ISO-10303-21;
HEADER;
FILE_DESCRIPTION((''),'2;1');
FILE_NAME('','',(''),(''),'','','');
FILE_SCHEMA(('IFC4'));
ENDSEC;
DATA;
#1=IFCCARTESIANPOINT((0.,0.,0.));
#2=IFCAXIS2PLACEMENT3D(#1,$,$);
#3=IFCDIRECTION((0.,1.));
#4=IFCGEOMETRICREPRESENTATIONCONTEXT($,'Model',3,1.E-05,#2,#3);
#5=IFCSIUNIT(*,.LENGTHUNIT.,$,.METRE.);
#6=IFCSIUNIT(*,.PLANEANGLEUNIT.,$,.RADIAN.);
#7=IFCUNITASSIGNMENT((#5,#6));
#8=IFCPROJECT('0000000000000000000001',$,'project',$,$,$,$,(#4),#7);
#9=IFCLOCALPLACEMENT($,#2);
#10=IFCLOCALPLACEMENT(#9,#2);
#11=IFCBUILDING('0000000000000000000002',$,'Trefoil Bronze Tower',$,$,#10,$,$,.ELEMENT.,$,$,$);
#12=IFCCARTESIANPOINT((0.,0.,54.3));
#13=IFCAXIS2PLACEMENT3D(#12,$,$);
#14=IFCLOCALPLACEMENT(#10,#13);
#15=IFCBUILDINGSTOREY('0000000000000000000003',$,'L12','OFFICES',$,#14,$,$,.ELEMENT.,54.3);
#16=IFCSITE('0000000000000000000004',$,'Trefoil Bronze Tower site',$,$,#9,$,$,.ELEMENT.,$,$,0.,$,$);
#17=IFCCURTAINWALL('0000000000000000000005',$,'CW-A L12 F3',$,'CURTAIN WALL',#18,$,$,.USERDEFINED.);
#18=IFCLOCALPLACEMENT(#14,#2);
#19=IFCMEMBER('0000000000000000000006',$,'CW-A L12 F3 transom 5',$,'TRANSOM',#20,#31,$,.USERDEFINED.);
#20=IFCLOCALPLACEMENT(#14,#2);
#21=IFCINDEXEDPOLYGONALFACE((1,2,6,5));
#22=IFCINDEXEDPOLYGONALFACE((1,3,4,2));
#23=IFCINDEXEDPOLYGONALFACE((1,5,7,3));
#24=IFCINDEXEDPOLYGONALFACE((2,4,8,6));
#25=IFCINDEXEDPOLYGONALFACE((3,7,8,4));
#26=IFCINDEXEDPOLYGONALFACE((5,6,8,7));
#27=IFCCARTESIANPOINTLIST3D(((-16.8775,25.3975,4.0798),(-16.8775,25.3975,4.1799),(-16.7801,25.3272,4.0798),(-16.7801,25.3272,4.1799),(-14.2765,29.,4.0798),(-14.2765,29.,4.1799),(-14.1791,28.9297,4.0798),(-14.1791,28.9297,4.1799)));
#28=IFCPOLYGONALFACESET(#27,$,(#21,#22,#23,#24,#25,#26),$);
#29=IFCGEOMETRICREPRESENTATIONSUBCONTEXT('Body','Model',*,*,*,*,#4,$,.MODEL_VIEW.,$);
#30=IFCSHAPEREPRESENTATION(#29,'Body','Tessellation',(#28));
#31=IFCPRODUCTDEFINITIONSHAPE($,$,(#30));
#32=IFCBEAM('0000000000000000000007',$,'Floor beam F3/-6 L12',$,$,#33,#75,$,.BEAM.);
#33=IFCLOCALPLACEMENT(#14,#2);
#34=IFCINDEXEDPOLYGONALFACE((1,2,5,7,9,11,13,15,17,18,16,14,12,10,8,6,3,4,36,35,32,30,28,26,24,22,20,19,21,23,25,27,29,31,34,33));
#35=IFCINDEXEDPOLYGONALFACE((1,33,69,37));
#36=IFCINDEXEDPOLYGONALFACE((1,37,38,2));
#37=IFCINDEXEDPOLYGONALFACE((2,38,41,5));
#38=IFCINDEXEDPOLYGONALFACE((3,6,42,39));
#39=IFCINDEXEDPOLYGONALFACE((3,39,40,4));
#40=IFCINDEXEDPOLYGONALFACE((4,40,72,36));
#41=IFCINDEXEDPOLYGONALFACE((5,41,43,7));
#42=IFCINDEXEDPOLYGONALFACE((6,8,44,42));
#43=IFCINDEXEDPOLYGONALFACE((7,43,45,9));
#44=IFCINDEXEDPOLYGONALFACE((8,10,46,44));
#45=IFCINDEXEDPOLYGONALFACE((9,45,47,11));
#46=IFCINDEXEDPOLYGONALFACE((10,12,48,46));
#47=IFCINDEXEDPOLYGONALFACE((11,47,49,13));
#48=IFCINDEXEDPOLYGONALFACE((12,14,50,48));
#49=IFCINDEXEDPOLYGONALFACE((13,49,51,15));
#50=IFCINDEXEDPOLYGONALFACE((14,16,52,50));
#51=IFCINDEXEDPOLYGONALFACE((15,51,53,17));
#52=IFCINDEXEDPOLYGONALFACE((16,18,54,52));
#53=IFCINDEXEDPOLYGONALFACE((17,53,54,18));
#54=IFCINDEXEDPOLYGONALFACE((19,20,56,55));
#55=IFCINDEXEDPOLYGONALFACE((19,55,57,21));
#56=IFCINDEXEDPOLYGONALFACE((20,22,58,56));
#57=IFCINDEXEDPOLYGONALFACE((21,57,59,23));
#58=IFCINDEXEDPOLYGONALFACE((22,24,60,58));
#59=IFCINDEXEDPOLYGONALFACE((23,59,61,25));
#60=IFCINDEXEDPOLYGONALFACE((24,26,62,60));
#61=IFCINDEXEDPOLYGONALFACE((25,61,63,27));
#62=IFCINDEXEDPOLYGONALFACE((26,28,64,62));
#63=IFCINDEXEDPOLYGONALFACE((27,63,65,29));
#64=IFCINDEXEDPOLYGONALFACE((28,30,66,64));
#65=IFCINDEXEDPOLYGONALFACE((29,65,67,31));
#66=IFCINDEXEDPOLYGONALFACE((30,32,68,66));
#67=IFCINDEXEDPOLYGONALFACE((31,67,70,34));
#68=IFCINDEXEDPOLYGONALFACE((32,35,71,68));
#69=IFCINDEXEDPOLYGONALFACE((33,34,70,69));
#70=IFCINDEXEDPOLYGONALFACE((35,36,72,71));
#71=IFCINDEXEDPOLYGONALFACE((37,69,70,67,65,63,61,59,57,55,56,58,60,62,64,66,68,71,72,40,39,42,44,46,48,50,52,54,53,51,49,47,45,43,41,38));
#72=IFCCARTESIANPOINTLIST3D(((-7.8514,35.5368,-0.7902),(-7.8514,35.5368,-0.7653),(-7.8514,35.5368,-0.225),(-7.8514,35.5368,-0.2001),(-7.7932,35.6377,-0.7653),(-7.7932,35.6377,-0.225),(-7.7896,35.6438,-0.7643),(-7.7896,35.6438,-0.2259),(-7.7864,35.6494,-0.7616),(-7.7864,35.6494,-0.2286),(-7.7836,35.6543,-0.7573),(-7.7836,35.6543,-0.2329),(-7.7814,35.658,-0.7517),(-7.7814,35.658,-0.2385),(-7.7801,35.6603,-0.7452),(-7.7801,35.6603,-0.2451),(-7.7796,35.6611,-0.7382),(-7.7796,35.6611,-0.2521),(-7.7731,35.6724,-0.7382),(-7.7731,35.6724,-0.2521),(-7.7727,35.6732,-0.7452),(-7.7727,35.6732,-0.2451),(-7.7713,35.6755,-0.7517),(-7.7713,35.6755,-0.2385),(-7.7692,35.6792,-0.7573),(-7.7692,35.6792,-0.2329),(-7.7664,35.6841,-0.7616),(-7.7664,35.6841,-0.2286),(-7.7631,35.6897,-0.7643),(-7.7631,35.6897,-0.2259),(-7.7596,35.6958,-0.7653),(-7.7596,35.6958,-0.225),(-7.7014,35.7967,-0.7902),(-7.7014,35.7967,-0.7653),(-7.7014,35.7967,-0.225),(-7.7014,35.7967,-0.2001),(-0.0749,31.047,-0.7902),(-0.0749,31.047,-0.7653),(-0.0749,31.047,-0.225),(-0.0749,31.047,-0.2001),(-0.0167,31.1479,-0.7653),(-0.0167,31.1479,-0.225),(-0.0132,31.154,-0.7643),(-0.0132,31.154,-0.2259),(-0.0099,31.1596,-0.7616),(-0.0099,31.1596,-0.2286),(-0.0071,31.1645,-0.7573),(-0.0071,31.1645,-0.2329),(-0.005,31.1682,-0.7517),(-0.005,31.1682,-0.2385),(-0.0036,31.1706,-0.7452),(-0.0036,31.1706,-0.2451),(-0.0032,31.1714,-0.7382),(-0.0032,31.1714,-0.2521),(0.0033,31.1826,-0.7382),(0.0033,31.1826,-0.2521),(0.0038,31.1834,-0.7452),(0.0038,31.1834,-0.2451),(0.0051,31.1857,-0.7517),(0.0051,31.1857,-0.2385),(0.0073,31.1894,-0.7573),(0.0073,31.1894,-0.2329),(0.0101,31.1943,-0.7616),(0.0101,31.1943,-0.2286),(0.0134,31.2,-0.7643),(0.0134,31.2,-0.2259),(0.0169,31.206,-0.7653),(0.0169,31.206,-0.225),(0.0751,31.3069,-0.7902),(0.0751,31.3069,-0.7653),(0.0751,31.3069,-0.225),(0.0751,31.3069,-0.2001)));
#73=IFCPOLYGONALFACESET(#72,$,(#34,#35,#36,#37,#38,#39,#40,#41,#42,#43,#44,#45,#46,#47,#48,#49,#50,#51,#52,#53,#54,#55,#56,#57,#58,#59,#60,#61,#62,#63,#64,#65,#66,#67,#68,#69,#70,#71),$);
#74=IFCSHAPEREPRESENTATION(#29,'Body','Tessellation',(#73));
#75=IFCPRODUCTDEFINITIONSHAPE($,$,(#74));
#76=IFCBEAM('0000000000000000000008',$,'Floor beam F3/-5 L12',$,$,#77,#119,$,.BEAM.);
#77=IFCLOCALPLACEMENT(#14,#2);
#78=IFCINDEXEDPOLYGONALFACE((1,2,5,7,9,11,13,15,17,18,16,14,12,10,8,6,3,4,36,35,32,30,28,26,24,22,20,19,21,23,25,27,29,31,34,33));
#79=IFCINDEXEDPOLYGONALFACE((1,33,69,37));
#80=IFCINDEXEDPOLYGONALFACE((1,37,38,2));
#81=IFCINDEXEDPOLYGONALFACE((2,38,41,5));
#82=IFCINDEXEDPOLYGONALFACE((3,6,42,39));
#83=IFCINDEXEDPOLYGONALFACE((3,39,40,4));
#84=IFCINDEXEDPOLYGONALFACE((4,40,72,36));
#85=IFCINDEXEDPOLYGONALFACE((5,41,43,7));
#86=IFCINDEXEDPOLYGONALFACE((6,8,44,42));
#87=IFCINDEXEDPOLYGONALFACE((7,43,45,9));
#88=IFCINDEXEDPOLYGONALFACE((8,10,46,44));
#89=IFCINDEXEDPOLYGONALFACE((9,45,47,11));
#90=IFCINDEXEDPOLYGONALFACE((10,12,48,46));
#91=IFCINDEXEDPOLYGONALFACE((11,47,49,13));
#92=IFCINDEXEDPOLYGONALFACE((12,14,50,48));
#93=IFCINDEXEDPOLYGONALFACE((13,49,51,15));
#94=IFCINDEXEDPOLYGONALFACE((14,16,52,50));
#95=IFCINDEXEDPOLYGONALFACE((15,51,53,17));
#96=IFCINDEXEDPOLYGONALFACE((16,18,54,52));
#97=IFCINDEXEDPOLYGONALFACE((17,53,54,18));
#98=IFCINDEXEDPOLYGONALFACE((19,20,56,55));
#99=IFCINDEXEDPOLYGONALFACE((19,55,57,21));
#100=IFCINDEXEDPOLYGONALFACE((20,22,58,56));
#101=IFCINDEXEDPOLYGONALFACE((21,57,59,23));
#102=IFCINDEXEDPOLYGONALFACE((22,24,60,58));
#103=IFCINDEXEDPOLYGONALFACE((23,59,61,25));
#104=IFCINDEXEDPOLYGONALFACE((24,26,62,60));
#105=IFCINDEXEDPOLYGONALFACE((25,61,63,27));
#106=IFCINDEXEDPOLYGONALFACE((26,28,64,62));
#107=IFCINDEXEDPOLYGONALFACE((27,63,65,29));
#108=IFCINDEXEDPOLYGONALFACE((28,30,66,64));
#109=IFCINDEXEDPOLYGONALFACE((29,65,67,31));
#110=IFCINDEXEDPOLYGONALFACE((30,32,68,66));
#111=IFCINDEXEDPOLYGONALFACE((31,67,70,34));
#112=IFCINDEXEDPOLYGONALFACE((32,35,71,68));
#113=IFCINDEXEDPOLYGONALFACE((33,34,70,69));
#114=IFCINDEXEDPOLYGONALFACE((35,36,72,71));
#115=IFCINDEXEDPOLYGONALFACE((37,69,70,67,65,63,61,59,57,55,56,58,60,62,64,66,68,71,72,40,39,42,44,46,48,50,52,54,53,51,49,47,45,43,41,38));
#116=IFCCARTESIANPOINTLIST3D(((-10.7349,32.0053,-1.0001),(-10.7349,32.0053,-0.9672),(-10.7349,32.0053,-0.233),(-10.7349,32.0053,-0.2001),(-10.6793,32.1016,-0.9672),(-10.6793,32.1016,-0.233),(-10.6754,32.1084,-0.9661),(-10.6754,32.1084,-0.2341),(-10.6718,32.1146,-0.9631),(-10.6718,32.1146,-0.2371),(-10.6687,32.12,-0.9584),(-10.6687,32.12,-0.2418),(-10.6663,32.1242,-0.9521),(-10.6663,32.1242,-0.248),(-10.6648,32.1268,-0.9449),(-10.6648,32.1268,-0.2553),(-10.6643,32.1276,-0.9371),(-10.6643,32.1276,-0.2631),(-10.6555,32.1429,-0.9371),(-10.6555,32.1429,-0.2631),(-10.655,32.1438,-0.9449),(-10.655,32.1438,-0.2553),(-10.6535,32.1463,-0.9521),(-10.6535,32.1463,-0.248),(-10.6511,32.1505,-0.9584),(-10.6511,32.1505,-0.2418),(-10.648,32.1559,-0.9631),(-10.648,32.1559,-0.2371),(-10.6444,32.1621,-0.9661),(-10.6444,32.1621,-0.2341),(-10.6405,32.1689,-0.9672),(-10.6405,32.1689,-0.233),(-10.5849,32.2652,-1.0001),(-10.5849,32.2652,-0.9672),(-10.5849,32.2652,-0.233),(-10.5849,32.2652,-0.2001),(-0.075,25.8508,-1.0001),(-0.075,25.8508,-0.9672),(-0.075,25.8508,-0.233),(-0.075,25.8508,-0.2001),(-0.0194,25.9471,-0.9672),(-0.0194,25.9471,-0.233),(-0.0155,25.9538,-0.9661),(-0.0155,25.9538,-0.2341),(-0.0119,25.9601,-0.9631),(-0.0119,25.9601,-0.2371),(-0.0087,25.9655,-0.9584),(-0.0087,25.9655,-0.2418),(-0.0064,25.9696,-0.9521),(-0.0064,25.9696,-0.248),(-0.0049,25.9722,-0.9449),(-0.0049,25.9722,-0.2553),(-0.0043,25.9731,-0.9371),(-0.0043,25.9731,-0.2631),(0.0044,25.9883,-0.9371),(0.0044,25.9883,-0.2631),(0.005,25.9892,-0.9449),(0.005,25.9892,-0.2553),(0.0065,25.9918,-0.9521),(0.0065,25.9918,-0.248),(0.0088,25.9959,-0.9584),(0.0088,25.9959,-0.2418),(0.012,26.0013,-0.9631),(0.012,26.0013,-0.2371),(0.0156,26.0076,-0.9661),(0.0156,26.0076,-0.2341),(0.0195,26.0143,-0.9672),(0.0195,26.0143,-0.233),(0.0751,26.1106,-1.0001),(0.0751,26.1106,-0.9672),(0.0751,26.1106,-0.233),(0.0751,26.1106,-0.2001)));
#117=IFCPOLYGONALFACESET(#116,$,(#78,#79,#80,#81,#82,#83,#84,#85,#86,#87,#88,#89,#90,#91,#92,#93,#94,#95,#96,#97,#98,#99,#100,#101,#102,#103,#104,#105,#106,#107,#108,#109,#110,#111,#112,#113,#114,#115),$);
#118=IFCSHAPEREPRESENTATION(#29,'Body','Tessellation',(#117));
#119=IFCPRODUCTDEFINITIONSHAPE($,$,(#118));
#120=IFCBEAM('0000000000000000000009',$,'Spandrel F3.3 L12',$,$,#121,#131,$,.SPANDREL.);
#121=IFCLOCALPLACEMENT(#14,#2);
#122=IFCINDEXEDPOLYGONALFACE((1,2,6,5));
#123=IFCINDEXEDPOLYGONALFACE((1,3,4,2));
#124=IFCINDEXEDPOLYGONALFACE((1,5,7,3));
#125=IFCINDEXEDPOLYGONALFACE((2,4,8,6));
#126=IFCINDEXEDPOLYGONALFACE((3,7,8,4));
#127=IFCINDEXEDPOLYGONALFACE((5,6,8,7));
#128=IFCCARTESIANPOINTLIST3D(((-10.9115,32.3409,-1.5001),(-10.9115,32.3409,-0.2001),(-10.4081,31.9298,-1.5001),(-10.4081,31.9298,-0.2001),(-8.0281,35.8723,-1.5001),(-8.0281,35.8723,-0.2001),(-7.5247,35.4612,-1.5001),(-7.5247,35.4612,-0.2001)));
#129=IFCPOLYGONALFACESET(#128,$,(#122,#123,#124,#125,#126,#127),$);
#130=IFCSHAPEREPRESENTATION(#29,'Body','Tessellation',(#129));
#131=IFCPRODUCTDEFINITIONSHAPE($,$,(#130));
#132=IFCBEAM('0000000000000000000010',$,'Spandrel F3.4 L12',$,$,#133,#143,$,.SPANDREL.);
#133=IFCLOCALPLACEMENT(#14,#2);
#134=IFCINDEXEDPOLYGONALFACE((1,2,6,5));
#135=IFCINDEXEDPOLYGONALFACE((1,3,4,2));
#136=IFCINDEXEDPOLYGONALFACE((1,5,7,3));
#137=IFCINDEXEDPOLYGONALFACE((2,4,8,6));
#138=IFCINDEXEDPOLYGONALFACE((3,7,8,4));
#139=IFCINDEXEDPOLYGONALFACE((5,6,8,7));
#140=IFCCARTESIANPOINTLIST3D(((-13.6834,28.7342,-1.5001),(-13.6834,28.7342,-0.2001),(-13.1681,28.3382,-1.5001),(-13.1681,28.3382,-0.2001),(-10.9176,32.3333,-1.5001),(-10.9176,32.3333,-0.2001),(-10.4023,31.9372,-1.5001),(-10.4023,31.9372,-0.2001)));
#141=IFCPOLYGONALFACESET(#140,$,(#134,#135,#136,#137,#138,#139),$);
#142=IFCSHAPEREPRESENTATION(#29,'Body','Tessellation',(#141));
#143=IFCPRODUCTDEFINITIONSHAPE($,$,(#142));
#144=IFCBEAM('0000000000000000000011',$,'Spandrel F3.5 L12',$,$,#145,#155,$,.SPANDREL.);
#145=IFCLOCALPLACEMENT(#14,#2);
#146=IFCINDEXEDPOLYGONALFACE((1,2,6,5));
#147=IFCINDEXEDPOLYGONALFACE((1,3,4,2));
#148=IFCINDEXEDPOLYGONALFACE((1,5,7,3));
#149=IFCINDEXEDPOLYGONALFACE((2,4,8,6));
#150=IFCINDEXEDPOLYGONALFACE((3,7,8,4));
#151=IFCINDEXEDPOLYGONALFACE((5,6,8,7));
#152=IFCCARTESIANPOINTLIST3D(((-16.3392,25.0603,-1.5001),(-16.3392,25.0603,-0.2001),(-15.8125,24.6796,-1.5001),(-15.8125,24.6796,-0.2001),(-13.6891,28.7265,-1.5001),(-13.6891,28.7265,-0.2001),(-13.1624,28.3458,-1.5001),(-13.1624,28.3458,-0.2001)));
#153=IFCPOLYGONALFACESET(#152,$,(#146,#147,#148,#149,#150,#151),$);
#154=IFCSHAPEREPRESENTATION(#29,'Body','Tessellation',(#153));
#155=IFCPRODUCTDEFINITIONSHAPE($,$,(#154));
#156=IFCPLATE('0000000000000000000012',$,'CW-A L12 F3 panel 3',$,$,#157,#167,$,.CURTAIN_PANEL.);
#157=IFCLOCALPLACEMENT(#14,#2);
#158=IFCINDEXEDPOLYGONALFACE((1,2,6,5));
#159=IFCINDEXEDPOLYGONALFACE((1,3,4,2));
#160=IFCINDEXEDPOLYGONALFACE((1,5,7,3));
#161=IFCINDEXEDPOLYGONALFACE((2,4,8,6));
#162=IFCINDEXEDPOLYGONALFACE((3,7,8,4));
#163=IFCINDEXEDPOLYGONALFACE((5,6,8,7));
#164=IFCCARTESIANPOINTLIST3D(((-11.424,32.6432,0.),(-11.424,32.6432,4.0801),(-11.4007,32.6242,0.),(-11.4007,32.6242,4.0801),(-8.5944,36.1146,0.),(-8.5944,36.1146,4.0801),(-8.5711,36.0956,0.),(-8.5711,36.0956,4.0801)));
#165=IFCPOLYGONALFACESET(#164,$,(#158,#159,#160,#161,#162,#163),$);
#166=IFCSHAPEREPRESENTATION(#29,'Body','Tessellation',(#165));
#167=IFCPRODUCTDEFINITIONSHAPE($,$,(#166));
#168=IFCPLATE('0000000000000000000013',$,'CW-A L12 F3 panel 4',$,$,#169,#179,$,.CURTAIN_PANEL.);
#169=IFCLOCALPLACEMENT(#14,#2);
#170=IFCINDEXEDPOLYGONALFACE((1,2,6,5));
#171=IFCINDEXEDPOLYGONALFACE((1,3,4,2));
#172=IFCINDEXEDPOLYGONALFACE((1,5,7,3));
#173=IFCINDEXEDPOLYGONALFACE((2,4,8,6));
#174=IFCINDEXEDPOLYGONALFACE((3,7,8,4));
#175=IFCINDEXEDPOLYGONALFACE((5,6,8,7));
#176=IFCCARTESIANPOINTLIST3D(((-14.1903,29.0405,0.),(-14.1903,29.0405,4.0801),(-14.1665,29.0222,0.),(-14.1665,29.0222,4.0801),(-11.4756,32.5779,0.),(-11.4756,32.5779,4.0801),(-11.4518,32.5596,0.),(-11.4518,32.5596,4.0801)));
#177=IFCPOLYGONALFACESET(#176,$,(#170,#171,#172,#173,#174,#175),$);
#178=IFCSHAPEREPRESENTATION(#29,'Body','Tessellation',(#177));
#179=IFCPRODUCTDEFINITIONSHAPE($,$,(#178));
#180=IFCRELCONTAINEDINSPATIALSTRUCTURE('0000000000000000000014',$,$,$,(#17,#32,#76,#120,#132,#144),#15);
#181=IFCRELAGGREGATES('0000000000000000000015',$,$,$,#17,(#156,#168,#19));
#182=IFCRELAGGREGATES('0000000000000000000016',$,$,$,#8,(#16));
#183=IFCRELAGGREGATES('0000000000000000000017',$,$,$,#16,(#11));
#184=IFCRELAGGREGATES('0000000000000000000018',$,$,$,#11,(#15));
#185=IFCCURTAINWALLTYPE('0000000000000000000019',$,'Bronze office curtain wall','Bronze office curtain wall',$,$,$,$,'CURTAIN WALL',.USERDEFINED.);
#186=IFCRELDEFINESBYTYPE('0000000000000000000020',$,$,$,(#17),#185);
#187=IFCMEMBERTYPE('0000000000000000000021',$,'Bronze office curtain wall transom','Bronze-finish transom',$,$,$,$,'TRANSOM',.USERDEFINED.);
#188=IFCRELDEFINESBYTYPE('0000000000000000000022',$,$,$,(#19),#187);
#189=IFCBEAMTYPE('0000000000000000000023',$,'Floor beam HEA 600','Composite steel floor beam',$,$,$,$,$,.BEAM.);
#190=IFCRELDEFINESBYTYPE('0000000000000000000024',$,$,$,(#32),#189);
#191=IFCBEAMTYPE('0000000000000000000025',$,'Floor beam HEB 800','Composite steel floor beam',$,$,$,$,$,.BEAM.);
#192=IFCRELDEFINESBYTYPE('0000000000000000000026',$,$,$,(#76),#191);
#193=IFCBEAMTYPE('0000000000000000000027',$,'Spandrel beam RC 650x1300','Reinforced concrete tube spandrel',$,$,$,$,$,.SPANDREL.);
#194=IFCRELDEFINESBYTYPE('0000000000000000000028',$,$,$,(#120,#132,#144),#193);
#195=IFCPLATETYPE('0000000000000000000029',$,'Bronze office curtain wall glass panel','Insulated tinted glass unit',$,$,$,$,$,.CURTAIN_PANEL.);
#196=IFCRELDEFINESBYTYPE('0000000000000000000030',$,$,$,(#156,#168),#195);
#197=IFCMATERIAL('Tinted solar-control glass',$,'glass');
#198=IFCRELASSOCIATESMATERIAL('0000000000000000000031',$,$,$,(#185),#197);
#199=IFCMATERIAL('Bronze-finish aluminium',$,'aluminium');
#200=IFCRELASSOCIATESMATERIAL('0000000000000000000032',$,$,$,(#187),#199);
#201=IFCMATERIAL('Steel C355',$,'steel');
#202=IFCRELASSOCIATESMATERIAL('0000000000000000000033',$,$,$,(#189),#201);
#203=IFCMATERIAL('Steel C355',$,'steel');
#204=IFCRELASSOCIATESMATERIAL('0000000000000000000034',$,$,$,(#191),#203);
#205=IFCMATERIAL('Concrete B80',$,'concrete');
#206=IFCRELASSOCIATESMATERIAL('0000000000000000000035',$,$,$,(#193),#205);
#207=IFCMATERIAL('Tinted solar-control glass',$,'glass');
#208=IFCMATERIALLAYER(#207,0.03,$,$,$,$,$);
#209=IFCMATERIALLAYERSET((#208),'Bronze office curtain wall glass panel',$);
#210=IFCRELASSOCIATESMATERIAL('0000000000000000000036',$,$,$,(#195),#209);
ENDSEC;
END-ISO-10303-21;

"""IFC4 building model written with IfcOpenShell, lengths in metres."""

from ifc_helpers import new_model, si_unit, direction, frame, origin, origin_2d, place, context, subcontext, project, spatial, rectangle, i_section, extrude, material, layer, layer_set, material_profile, profile_set, type_object, element, aggregate, save


model = new_model("IFC4")

# Units and contexts
model_context = context("Model", 3, precision=1e-05, world=origin(), true_north=direction((0.0, 1.0)))
body_context = subcontext(model_context, "Body", "Model", "MODEL_VIEW")
ifc_project = project(units=[si_unit("LENGTHUNIT", "METRE"), si_unit("PLANEANGLEUNIT", "RADIAN")], contexts=[model_context])

# Site, building, storey
site_placement = place(None, origin())
site = spatial("IfcSite", under=ifc_project, at=site_placement, Name="Trefoil Bronze Tower site", CompositionType="ELEMENT", RefElevation=0.0)
building_placement = place(site_placement, origin())
building = spatial("IfcBuilding", under=site, at=building_placement, Name="Trefoil Bronze Tower", CompositionType="ELEMENT")
storey_placement = place(building_placement, frame((0.0, 0.0, 54.3)))
storey = spatial("IfcBuildingStorey", under=building, at=storey_placement, Name="L12", Description="OFFICES", CompositionType="ELEMENT", Elevation=54.3)

# Curtain wall, member
ifc_material_1 = material(Name="Tinted solar-control glass", Category="glass")
curtain_wall_type = type_object("IfcCurtainWallType", Name="Bronze office curtain wall", Description="Bronze office curtain wall", ElementType="CURTAIN WALL", PredefinedType="USERDEFINED", material=ifc_material_1)
curtain_wall_placement = place(storey_placement, origin())
curtain_wall = element("IfcCurtainWall", 1, at=curtain_wall_placement, inside=storey, type_object=curtain_wall_type, Name="CW-A L12 F3", ObjectType="CURTAIN WALL", PredefinedType="USERDEFINED")
ifc_material_2 = material(Name="Bronze-finish aluminium", Category="aluminium")
ifc_material_profile_1 = material_profile(ifc_material_2, rectangle(XDim=0.1201, YDim=0.1001, at=origin_2d()), Name="CW-A transom")
ifc_profile_set_1 = profile_set([ifc_material_profile_1], Name="Bronze-finish aluminium")
member_type_1 = type_object("IfcMemberType", Name="Bronze office curtain wall transom", Description="Bronze-finish transom", ElementType="TRANSOM", PredefinedType="USERDEFINED", material=ifc_profile_set_1)
member_1_placement = place(storey_placement, frame((-14.2278, 28.9648, 4.1299), z_axis=(-0.585378, -0.81076, 0.0), x_axis=(0.81076, -0.585378, 0.0)))
member_1 = element("IfcMember", 2, at=member_1_placement, type_object=member_type_1, Name="CW-A L12 F3 transom 5", ObjectType="TRANSOM", PredefinedType="USERDEFINED", context=body_context, shape_type="SweptSolid", body=[
    extrude(rectangle(XDim=0.1201, YDim=0.1001, at=origin_2d()), origin(), (0.0, 0.0, 1.0), 4.4434),
])

# Beams
ifc_material_3 = material(Name="Steel C355", Category="steel")
ifc_material_profile_2 = material_profile(ifc_material_3, i_section(OverallWidth=0.3, OverallDepth=0.5901, WebThickness=0.0129, FlangeThickness=0.0249, FilletRadius=0.0271, at=origin_2d()), Name="HEA 600")
ifc_profile_set_2 = profile_set([ifc_material_profile_2], Name="Steel C355")
beam_type_1 = type_object("IfcBeamType", Name="Floor beam HEA 600", Description="Composite steel floor beam", PredefinedType="BEAM", material=ifc_profile_set_2)
beam_1_placement = place(storey_placement, frame((-7.7764, 35.6667, -0.4951), z_axis=(0.866023, -0.500005, 0.0), x_axis=(0.500005, 0.866023, 0.0)))
element("IfcBeam", 3, at=beam_1_placement, inside=storey, type_object=beam_type_1, Name="Floor beam F3/-6 L12", PredefinedType="BEAM", context=body_context, shape_type="SweptSolid", body=[
    extrude(i_section(OverallWidth=0.3, OverallDepth=0.5901, WebThickness=0.0129, FlangeThickness=0.0249, FilletRadius=0.0271, at=origin_2d()), origin(), (0.0, 0.0, 1.0), 8.9795),
])
ifc_material_4 = material(Name="Steel C355", Category="steel")
ifc_material_profile_3 = material_profile(ifc_material_4, i_section(OverallWidth=0.3, OverallDepth=0.8, WebThickness=0.0176, FlangeThickness=0.033, FilletRadius=0.03, at=origin_2d()), Name="HEB 800")
ifc_profile_set_3 = profile_set([ifc_material_profile_3], Name="Steel C355")
beam_type_2 = type_object("IfcBeamType", Name="Floor beam HEB 800", Description="Composite steel floor beam", PredefinedType="BEAM", material=ifc_profile_set_3)
beam_2_placement = place(storey_placement, frame((-10.6599, 32.1353, -0.6001), z_axis=(0.866024, -0.500002, 0.0), x_axis=(0.500002, 0.866024, 0.0)))
element("IfcBeam", 4, at=beam_2_placement, inside=storey, type_object=beam_type_2, Name="Floor beam F3/-5 L12", PredefinedType="BEAM", context=body_context, shape_type="SweptSolid", body=[
    extrude(i_section(OverallWidth=0.3, OverallDepth=0.8, WebThickness=0.0176, FlangeThickness=0.033, FilletRadius=0.03, at=origin_2d()), origin(), (0.0, 0.0, 1.0), 12.3091),
])
ifc_material_5 = material(Name="Concrete B80", Category="concrete")
ifc_material_profile_4 = material_profile(ifc_material_5, rectangle(XDim=0.6499, YDim=1.3, at=origin_2d()), Name="RC 650x1300")
ifc_profile_set_4 = profile_set([ifc_material_profile_4], Name="Concrete B80")
beam_type_3 = type_object("IfcBeamType", Name="Spandrel beam RC 650x1300", Description="Reinforced concrete tube spandrel", PredefinedType="SPANDREL", material=ifc_profile_set_4)
beam_3_placement = place(storey_placement, frame((-7.7764, 35.6667, -0.8501), z_axis=(-0.632468, -0.774587, 0.0), x_axis=(0.774587, -0.632468, 0.0)))
element("IfcBeam", 5, at=beam_3_placement, inside=storey, type_object=beam_type_3, Name="Spandrel F3.3 L12", PredefinedType="SPANDREL", context=body_context, shape_type="SweptSolid", body=[
    extrude(rectangle(XDim=0.6499, YDim=1.3, at=origin_2d()), origin(), (0.0, 0.0, 1.0), 4.5591),
])
beam_4_placement = place(storey_placement, frame((-10.6599, 32.1353, -0.8501), z_axis=(-0.609339, -0.79291, 0.0), x_axis=(0.79291, -0.609339, 0.0)))
element("IfcBeam", 6, at=beam_4_placement, inside=storey, type_object=beam_type_3, Name="Spandrel F3.4 L12", PredefinedType="SPANDREL", context=body_context, shape_type="SweptSolid", body=[
    extrude(rectangle(XDim=0.6499, YDim=1.3, at=origin_2d()), origin(), (0.0, 0.0, 1.0), 4.5391),
])
beam_5_placement = place(storey_placement, frame((-13.4258, 28.5361, -0.8501), z_axis=(-0.585824, -0.810439, 0.0), x_axis=(0.810439, -0.585824, 0.0)))
element("IfcBeam", 7, at=beam_5_placement, inside=storey, type_object=beam_type_3, Name="Spandrel F3.5 L12", PredefinedType="SPANDREL", context=body_context, shape_type="SweptSolid", body=[
    extrude(rectangle(XDim=0.6499, YDim=1.3, at=origin_2d()), origin(), (0.0, 0.0, 1.0), 4.5237),
])

# Plates
ifc_material_6 = material(Name="Tinted solar-control glass", Category="glass")
ifc_layer_1 = layer(ifc_material_6, 0.03)
ifc_layer_set_1 = layer_set([ifc_layer_1], Name="Bronze office curtain wall glass panel")
plate_type = type_object("IfcPlateType", Name="Bronze office curtain wall glass panel", Description="Insulated tinted glass unit", PredefinedType="CURTAIN_PANEL", material=ifc_layer_set_1)
plate_1_placement = place(storey_placement, frame((-9.9976, 34.3694, 0.0), z_axis=(0.0, 0.0, 1.0), x_axis=(-0.631811, -0.775123, 0.0)))
plate_1 = element("IfcPlate", 8, at=plate_1_placement, type_object=plate_type, Name="CW-A L12 F3 panel 3", PredefinedType="CURTAIN_PANEL", context=body_context, shape_type="SweptSolid", body=[
    extrude(rectangle(XDim=4.4785, YDim=0.03, at=origin_2d()), origin(), (0.0, 0.0, 1.0), 4.0801),
])
plate_2_placement = place(storey_placement, frame((-12.821, 30.8, 0.0), z_axis=(0.0, 0.0, 1.0), x_axis=(-0.608808, -0.793318, 0.0)))
plate_2 = element("IfcPlate", 9, at=plate_2_placement, type_object=plate_type, Name="CW-A L12 F3 panel 4", PredefinedType="CURTAIN_PANEL", context=body_context, shape_type="SweptSolid", body=[
    extrude(rectangle(XDim=4.459, YDim=0.03, at=origin_2d()), origin(), (0.0, 0.0, 1.0), 4.0801),
])
aggregate(curtain_wall, [plate_1, plate_2, member_1])

save(model, "model.ifc")
